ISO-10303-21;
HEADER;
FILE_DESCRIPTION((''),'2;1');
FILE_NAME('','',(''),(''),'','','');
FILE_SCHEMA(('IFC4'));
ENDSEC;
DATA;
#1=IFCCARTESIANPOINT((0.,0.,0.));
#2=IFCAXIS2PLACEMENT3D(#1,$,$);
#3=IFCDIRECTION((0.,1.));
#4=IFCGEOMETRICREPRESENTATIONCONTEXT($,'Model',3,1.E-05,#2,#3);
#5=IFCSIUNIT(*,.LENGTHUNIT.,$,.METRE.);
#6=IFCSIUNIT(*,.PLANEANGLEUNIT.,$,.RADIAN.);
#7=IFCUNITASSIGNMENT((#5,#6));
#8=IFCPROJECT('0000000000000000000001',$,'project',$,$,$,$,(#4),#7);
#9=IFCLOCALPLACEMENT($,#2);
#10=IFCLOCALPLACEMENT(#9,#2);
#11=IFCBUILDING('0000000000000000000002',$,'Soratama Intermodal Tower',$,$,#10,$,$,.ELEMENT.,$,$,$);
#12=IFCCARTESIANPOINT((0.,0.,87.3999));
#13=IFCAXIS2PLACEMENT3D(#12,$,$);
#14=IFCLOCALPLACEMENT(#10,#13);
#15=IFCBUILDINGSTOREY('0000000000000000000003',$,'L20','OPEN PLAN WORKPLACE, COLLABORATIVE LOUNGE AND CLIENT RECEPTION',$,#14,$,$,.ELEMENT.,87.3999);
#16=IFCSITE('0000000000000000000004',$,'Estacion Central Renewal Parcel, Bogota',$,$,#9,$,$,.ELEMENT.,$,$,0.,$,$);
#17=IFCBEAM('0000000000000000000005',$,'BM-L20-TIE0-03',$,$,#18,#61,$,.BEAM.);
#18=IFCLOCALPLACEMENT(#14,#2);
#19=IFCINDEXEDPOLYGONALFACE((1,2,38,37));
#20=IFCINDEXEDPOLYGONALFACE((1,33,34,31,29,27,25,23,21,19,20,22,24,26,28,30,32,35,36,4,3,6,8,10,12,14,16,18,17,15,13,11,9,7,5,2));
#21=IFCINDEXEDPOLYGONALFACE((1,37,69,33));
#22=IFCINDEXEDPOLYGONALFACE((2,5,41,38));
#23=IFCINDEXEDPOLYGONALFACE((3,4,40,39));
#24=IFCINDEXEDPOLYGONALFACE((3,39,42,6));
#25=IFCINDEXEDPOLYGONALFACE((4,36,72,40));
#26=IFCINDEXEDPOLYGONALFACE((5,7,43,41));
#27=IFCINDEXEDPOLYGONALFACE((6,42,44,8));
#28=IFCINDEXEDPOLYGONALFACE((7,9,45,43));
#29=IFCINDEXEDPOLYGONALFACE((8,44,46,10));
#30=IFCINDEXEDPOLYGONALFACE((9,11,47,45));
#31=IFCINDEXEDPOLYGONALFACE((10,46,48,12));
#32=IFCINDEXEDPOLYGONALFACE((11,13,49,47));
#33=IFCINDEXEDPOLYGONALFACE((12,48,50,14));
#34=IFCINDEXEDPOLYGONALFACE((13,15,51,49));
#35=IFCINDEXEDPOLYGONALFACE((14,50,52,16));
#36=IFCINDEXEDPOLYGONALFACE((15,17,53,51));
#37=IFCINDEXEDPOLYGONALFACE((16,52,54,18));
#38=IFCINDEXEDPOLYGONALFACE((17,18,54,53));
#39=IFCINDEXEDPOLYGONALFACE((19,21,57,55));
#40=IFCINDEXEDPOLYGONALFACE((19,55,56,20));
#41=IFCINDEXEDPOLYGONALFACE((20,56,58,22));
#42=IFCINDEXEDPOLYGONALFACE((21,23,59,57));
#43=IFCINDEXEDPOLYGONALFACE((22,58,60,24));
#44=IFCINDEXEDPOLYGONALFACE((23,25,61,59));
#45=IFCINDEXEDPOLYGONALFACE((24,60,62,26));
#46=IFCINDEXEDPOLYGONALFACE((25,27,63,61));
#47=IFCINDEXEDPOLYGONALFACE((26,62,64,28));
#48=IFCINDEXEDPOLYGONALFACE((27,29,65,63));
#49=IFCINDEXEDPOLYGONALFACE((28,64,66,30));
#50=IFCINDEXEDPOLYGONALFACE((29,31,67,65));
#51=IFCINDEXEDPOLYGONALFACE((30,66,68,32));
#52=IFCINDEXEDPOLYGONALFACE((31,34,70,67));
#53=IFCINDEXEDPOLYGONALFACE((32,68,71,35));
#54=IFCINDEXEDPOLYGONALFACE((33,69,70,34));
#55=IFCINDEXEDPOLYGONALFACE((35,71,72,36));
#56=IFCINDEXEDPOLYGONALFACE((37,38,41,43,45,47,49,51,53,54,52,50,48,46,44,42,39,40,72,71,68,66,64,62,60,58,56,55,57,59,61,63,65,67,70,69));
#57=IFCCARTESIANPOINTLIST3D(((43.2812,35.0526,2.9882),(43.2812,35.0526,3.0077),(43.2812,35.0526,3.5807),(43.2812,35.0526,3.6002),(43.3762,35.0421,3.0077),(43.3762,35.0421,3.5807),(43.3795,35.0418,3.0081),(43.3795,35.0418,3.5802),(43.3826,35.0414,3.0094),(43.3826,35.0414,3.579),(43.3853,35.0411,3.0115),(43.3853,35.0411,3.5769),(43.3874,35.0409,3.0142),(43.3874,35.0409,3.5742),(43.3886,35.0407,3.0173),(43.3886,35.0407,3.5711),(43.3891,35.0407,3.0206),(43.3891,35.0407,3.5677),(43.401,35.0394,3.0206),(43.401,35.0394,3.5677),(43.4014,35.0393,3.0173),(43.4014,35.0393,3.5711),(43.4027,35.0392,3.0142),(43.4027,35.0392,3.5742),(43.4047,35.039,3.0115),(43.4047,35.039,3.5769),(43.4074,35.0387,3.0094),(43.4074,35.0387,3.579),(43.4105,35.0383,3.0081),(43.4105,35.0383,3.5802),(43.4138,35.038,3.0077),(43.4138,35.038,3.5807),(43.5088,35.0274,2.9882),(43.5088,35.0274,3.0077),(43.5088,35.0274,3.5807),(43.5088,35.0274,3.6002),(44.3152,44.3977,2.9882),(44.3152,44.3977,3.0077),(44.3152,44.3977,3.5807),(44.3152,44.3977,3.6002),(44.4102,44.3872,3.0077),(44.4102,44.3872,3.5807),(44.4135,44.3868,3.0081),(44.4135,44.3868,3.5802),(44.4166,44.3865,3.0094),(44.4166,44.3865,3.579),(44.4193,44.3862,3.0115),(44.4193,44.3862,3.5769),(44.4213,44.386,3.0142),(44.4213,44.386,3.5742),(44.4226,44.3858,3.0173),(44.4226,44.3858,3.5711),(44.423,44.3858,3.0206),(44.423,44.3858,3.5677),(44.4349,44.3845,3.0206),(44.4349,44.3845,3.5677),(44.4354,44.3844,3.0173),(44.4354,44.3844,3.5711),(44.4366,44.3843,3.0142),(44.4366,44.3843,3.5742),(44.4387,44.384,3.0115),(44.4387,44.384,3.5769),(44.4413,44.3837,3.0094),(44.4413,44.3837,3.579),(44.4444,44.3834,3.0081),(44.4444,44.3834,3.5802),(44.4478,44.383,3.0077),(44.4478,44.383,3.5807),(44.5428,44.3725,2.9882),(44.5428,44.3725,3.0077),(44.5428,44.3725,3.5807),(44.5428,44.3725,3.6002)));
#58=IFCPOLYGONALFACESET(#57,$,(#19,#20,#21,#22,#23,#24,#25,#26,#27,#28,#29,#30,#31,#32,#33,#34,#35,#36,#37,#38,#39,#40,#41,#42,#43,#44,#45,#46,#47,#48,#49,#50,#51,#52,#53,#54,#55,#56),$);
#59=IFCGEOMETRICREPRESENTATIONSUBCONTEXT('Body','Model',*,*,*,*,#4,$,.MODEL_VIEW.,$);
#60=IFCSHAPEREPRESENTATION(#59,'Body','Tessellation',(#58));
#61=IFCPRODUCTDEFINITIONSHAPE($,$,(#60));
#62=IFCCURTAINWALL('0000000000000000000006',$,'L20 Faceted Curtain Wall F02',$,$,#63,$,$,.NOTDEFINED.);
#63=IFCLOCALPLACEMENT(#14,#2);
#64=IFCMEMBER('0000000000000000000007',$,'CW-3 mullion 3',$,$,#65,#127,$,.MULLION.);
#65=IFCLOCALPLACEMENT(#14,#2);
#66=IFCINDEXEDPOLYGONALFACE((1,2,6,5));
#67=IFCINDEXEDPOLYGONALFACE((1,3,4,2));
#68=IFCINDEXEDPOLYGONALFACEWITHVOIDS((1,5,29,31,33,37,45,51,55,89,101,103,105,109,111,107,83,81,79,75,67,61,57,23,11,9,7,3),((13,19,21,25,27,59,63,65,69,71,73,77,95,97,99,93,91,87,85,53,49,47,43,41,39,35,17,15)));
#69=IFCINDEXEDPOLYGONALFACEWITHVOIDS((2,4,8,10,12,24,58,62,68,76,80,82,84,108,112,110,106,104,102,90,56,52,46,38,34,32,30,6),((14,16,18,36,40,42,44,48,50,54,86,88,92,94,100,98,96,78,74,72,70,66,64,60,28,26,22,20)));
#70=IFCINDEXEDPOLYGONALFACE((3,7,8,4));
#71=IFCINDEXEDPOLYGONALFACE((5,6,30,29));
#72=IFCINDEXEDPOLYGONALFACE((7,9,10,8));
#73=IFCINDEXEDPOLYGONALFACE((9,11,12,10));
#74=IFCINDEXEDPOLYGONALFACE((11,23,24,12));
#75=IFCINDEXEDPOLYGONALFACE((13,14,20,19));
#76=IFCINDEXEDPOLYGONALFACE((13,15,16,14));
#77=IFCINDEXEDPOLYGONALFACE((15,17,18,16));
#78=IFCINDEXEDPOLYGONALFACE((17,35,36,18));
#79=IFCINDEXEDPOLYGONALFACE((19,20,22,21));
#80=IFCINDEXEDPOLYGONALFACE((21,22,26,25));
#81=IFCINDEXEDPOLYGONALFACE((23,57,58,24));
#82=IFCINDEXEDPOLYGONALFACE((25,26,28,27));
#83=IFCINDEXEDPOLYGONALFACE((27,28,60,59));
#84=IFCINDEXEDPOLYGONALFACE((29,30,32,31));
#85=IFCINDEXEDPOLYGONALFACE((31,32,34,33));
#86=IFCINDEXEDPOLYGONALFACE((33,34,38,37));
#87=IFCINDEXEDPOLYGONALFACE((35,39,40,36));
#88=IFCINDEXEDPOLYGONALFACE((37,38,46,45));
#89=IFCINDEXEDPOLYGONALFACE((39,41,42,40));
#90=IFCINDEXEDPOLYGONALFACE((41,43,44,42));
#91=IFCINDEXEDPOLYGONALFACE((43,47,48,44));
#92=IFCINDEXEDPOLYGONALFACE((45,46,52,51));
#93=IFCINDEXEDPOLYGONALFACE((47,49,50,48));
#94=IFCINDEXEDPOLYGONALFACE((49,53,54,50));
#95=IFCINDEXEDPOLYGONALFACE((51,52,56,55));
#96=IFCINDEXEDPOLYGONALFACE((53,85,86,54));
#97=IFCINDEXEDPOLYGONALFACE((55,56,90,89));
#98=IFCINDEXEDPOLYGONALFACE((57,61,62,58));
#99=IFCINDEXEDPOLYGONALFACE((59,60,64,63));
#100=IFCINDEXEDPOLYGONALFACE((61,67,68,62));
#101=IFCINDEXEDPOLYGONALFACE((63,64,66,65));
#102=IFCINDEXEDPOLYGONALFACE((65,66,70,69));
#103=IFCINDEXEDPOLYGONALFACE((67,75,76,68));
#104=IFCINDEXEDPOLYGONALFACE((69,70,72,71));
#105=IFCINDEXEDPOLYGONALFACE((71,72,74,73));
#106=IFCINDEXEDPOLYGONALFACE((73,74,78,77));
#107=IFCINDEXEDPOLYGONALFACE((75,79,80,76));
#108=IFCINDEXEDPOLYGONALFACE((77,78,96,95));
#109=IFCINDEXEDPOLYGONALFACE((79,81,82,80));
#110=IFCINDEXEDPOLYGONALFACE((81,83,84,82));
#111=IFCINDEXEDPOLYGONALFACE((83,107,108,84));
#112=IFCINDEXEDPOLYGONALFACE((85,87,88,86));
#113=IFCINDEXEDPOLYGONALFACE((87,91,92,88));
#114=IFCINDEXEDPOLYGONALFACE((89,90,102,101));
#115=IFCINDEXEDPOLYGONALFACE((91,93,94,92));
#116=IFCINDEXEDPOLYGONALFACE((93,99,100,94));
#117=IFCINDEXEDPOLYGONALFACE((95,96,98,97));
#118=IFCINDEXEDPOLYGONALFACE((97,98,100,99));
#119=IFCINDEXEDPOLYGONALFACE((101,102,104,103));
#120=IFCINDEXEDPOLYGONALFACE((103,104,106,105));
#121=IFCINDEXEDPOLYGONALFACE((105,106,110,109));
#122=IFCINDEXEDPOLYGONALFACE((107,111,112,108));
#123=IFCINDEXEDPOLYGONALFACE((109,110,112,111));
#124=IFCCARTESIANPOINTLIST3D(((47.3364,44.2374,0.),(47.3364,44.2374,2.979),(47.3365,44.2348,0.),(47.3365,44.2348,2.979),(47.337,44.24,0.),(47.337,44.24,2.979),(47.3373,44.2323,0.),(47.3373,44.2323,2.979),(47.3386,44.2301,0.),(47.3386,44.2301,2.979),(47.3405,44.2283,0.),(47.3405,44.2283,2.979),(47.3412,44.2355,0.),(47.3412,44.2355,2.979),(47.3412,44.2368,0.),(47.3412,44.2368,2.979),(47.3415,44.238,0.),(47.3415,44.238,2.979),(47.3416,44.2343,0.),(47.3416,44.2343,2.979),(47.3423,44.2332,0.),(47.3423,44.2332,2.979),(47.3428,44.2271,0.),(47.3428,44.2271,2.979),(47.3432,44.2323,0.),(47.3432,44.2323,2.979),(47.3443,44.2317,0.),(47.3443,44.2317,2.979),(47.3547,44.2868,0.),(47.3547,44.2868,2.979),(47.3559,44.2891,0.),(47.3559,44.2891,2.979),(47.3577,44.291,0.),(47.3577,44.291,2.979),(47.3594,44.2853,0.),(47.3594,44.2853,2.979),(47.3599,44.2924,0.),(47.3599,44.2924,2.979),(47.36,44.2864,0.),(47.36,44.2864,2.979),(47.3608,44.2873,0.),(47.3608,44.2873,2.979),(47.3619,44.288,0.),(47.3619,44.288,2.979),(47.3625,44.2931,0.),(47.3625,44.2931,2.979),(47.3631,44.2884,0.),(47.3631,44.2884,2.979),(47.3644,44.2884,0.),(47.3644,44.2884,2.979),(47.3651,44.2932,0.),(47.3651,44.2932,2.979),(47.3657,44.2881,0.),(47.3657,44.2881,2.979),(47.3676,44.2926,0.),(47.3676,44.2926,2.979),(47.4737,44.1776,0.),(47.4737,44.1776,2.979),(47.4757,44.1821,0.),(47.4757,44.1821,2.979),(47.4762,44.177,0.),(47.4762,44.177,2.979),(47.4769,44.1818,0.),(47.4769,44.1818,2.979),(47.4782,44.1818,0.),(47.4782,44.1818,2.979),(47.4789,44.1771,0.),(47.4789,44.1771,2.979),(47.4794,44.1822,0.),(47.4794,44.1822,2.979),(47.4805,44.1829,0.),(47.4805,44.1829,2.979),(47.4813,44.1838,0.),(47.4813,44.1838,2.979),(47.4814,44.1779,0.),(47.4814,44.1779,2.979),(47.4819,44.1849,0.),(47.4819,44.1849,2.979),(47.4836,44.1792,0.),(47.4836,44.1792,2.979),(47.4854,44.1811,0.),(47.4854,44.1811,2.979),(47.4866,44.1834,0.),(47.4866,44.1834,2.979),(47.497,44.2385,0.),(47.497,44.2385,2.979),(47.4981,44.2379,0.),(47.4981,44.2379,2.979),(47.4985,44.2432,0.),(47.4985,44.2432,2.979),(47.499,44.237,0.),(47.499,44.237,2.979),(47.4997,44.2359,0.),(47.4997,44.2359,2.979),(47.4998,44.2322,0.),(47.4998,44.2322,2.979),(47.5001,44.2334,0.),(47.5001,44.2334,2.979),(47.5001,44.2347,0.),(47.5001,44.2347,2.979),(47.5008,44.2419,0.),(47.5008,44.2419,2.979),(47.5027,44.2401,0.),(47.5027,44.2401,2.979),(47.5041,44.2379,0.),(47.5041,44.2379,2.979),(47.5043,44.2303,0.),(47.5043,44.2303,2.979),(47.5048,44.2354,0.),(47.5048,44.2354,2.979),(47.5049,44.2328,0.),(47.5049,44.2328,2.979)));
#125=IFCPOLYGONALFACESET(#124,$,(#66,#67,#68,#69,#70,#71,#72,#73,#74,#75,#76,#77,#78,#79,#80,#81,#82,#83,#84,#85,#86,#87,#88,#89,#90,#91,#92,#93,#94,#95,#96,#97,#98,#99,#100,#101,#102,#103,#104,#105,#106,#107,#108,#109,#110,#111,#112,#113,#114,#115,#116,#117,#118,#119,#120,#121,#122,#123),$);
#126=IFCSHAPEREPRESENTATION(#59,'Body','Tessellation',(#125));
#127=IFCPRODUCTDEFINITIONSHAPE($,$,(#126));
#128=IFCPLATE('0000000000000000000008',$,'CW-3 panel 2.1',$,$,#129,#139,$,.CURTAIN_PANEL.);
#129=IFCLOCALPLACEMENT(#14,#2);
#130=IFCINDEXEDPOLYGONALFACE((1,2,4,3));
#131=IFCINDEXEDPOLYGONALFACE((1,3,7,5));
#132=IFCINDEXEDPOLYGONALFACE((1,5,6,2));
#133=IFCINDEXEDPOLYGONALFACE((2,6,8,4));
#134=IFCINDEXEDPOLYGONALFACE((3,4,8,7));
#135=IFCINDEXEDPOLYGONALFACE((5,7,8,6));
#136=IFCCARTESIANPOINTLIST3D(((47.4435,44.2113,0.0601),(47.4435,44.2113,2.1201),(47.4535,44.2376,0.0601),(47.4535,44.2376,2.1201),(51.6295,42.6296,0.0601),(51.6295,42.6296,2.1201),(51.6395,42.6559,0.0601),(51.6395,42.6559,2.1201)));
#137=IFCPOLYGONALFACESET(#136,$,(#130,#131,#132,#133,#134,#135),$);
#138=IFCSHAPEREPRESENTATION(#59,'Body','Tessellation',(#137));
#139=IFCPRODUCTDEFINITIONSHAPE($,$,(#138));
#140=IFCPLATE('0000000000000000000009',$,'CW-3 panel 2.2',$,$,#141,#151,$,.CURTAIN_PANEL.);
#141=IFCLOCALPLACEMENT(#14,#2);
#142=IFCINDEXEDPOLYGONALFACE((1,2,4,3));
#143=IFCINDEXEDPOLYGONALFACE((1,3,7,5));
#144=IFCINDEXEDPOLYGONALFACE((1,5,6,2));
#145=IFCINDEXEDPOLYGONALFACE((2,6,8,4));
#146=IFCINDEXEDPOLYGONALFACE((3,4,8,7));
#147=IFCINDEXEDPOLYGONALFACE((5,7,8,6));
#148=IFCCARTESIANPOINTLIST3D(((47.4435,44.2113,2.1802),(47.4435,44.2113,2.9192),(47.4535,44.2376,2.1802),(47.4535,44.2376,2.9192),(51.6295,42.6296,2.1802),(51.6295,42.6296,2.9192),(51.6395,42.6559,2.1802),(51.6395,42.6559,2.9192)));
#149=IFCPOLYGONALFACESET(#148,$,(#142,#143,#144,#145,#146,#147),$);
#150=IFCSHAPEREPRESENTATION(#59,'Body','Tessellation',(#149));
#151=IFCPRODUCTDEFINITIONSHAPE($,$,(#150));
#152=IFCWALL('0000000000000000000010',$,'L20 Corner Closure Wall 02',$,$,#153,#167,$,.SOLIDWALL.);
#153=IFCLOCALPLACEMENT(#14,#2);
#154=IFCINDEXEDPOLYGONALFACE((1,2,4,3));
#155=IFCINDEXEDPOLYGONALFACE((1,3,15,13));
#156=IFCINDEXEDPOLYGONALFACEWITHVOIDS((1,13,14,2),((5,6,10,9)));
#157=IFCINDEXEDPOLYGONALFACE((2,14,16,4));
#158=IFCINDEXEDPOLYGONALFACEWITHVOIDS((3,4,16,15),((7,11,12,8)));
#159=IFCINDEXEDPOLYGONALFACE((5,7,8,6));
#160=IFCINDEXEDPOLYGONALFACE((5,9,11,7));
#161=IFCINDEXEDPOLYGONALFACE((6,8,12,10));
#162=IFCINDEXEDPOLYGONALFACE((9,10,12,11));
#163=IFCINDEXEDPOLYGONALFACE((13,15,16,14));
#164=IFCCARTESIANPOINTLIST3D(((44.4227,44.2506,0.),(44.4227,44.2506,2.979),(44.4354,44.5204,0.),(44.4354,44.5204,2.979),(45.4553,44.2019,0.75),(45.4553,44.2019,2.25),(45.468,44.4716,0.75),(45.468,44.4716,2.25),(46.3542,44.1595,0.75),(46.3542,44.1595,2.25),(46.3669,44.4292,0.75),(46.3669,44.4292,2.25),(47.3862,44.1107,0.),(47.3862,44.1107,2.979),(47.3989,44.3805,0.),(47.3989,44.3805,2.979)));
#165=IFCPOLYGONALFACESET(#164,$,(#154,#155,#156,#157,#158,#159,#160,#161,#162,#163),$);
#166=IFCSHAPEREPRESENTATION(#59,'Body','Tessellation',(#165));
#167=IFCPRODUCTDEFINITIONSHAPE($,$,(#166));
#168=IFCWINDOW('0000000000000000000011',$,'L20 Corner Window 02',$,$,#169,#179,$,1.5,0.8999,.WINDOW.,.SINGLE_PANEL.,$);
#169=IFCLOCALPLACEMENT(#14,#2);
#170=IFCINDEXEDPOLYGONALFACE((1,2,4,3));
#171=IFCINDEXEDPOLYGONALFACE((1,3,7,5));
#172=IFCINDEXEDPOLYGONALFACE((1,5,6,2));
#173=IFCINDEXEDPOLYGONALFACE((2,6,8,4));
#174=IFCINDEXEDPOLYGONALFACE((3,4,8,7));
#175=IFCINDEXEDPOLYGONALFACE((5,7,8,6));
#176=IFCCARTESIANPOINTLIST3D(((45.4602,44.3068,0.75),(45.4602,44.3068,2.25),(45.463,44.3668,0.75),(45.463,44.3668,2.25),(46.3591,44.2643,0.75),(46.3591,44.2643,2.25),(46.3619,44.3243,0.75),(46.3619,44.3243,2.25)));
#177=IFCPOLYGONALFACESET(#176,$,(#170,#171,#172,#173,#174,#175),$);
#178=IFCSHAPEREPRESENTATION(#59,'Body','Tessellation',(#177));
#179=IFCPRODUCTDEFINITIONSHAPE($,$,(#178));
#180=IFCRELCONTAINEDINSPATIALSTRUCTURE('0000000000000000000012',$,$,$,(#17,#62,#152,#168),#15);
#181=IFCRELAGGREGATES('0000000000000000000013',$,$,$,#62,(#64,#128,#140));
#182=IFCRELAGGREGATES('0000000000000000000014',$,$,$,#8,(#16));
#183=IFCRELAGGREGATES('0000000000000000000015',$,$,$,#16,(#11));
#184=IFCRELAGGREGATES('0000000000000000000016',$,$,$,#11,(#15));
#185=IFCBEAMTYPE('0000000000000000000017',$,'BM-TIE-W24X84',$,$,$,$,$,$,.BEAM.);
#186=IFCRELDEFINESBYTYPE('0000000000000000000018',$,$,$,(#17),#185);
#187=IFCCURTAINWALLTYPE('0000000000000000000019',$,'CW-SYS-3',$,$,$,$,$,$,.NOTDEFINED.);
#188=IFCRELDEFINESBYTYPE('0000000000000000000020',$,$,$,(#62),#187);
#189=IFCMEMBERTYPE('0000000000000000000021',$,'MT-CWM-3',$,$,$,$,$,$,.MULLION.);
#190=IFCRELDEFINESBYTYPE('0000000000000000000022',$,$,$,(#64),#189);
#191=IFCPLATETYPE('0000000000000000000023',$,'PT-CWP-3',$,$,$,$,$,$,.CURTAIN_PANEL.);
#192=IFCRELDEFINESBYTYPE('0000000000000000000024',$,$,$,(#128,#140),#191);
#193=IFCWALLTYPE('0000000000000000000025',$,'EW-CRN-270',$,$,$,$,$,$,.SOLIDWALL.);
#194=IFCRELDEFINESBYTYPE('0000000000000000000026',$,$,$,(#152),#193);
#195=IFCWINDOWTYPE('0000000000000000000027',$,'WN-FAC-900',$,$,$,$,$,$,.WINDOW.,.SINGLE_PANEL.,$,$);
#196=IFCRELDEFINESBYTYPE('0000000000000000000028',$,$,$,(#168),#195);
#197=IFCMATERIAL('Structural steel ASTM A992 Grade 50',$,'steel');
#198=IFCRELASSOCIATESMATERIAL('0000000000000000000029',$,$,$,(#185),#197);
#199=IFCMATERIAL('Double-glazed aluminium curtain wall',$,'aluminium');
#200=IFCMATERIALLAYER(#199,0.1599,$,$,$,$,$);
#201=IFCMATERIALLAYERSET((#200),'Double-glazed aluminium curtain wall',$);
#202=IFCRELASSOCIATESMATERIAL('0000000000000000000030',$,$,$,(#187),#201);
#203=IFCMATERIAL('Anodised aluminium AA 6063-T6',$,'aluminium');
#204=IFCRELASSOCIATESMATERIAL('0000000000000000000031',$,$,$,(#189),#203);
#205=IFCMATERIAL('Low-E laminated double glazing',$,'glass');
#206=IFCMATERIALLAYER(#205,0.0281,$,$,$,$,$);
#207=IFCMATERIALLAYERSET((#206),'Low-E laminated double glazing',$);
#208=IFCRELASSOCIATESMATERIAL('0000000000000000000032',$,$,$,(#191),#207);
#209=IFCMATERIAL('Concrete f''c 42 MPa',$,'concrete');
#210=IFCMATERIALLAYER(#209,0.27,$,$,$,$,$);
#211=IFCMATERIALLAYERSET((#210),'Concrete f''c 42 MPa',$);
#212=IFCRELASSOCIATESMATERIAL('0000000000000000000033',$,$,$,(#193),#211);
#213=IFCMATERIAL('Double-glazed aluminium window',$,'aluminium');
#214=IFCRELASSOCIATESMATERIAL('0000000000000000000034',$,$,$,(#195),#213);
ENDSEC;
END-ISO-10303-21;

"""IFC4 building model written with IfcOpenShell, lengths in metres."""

from ifc_helpers import new_model, si_unit, direction, frame, frame_2d, origin, origin_2d, place, context, subcontext, project, spatial, rectangle, hollow_rectangle, i_section, extrude, material, layer, layer_set, material_profile, profile_set, type_object, element, fill, aggregate, save


model = new_model("IFC4")

# Units and contexts
model_context = context("Model", 3, precision=1e-05, world=origin(), true_north=direction((0.0, 1.0)))
body_context = subcontext(model_context, "Body", "Model", "MODEL_VIEW")
ifc_project = project(units=[si_unit("LENGTHUNIT", "METRE"), si_unit("PLANEANGLEUNIT", "RADIAN")], contexts=[model_context])

# Site, building, storey
site_placement = place(None, origin())
site = spatial("IfcSite", under=ifc_project, at=site_placement, Name="Estacion Central Renewal Parcel, Bogota", CompositionType="ELEMENT", RefElevation=0.0)
building_placement = place(site_placement, origin())
building = spatial("IfcBuilding", under=site, at=building_placement, Name="Soratama Intermodal Tower", CompositionType="ELEMENT")
storey_placement = place(building_placement, frame((0.0, 0.0, 87.3999)))
storey = spatial("IfcBuildingStorey", under=building, at=storey_placement, Name="L20", Description="OPEN PLAN WORKPLACE, COLLABORATIVE LOUNGE AND CLIENT RECEPTION", CompositionType="ELEMENT", Elevation=87.3999)

# Beam
ifc_material_1 = material(Name="Structural steel ASTM A992 Grade 50", Category="steel")
ifc_material_profile_1 = material_profile(ifc_material_1, i_section(OverallWidth=0.229, OverallDepth=0.6121, WebThickness=0.012, FlangeThickness=0.0195, FilletRadius=0.0129, at=origin_2d()), Name="W24X84")
ifc_profile_set_1 = profile_set([ifc_material_profile_1], Name="Structural steel ASTM A992 Grade 50")
beam_type_1 = type_object("IfcBeamType", Name="BM-TIE-W24X84", PredefinedType="BEAM", material=ifc_profile_set_1)
beam_1_placement = place(storey_placement, frame((43.395, 35.04, 3.2942), z_axis=(0.10997, 0.993935, 0.0), x_axis=(-0.993935, 0.10997, 0.0)))
element("IfcBeam", 1, at=beam_1_placement, inside=storey, type_object=beam_type_1, Name="BM-L20-TIE0-03", PredefinedType="BEAM", context=body_context, shape_type="SweptSolid", body=[
    extrude(i_section(OverallWidth=0.229, OverallDepth=0.6121, WebThickness=0.012, FlangeThickness=0.0195, FilletRadius=0.0129, at=origin_2d()), origin(), (0.0, 0.0, 1.0), 9.4021),
])

# Curtain wall, member, plates
ifc_material_2 = material(Name="Double-glazed aluminium curtain wall", Category="aluminium")
ifc_layer_1 = layer(ifc_material_2, 0.1599)
ifc_layer_set_1 = layer_set([ifc_layer_1], Name="Double-glazed aluminium curtain wall")
curtain_wall_type = type_object("IfcCurtainWallType", Name="CW-SYS-3", PredefinedType="NOTDEFINED", material=ifc_layer_set_1)
curtain_wall_placement = place(storey_placement, origin())
curtain_wall = element("IfcCurtainWall", 2, at=curtain_wall_placement, inside=storey, type_object=curtain_wall_type, Name="L20 Faceted Curtain Wall F02", PredefinedType="NOTDEFINED")
ifc_material_3 = material(Name="Anodised aluminium AA 6063-T6", Category="aluminium")
ifc_material_profile_2 = material_profile(ifc_material_3, hollow_rectangle(XDim=0.0701, YDim=0.1599, WallThickness=0.0049, InnerFilletRadius=0.0049, OuterFilletRadius=0.01, at=origin_2d()), Name="CWM160X70X5")
ifc_profile_set_2 = profile_set([ifc_material_profile_2], Name="Anodised aluminium AA 6063-T6")
member_type = type_object("IfcMemberType", Name="MT-CWM-3", PredefinedType="MULLION", material=ifc_profile_set_2)
member_placement = place(storey_placement, frame((47.4207, 44.2351, 0.0), z_axis=(0.0, 0.0, 1.0), x_axis=(-0.353468, -0.935447, 0.0)))
member = element("IfcMember", 3, at=member_placement, type_object=member_type, Name="CW-3 mullion 3", PredefinedType="MULLION", context=body_context, shape_type="SweptSolid", body=[
    extrude(hollow_rectangle(XDim=0.0701, YDim=0.1599, WallThickness=0.0049, InnerFilletRadius=0.0049, OuterFilletRadius=0.01, at=origin_2d()), origin(), (0.0, 0.0, 1.0), 2.979),
])
ifc_material_4 = material(Name="Low-E laminated double glazing", Category="glass")
ifc_layer_2 = layer(ifc_material_4, 0.0281)
ifc_layer_set_2 = layer_set([ifc_layer_2], Name="Low-E laminated double glazing")
plate_type = type_object("IfcPlateType", Name="PT-CWP-3", PredefinedType="CURTAIN_PANEL", material=ifc_layer_set_2)
plate_1_placement = place(storey_placement, frame((49.5415, 43.4336, 0.0601), z_axis=(0.0, 0.0, 1.0), x_axis=(-0.935447, 0.353468, 0.0)))
plate_1 = element("IfcPlate", 4, at=plate_1_placement, type_object=plate_type, Name="CW-3 panel 2.1", PredefinedType="CURTAIN_PANEL", context=body_context, shape_type="SweptSolid", body=[
    extrude(rectangle(XDim=4.4749, YDim=0.0281, at=origin_2d()), origin(), (0.0, 0.0, 1.0), 2.0601),
])
plate_2_placement = place(storey_placement, frame((49.5415, 43.4336, 2.1802), z_axis=(0.0, 0.0, 1.0), x_axis=(-0.935447, 0.353468, 0.0)))
plate_2 = element("IfcPlate", 5, at=plate_2_placement, type_object=plate_type, Name="CW-3 panel 2.2", PredefinedType="CURTAIN_PANEL", context=body_context, shape_type="SweptSolid", body=[
    extrude(rectangle(XDim=4.4749, YDim=0.0281, at=origin_2d()), origin(), (0.0, 0.0, 1.0), 0.739),
])
aggregate(curtain_wall, [member, plate_1, plate_2])

# Wall, opening, window
ifc_material_5 = material(Name="Concrete f'c 42 MPa", Category="concrete")
ifc_layer_3 = layer(ifc_material_5, 0.27)
ifc_layer_set_3 = layer_set([ifc_layer_3], Name="Concrete f'c 42 MPa")
wall_type_1 = type_object("IfcWallType", Name="EW-CRN-270", PredefinedType="SOLIDWALL", material=ifc_layer_set_3)
wall_1_placement = place(storey_placement, frame((47.3926, 44.2456, 0.0), z_axis=(0.0, 0.0, 1.0), x_axis=(-0.998888, 0.047155, 0.0)))
wall_1 = element("IfcWall", 6, at=wall_1_placement, inside=storey, type_object=wall_type_1, Name="L20 Corner Closure Wall 02", PredefinedType="SOLIDWALL", context=body_context, shape_type="SweptSolid", body=[
    extrude(rectangle(XDim=2.9668, YDim=0.27, at=frame_2d((1.4834, 0.0))), origin(), (0.0, 0.0, 1.0), 2.979),
])
opening_1_placement = place(wall_1_placement, frame((1.0332, 0.0, 0.75)))
opening_1 = element("IfcOpeningElement", 7, at=opening_1_placement, cuts=wall_1, PredefinedType="OPENING", context=body_context, shape_type="SweptSolid", body=[
    extrude(rectangle(XDim=0.8999, YDim=1.5, at=frame_2d((0.45, 0.75))), frame((0.0, 0.145, 0.0), z_axis=(0.0, -1.0, 0.0), x_axis=(1.0, 0.0, 0.0)), (0.0, 0.0, 1.0), 0.29),
])
ifc_material_6 = material(Name="Double-glazed aluminium window", Category="aluminium")
window_type_1 = type_object("IfcWindowType", Name="WN-FAC-900", PartitioningType="SINGLE_PANEL", PredefinedType="WINDOW", material=ifc_material_6)
window_1_placement = place(opening_1_placement, origin())
window_1 = element("IfcWindow", 8, at=window_1_placement, inside=storey, type_object=window_type_1, Name="L20 Corner Window 02", OverallHeight=1.5, OverallWidth=0.8999, PartitioningType="SINGLE_PANEL", PredefinedType="WINDOW", context=body_context, shape_type="SweptSolid", body=[
    extrude(rectangle(XDim=0.8999, YDim=1.5, at=frame_2d((0.45, 0.75))), frame((0.0, 0.03, 0.0), z_axis=(0.0, -1.0, 0.0), x_axis=(1.0, 0.0, 0.0)), (0.0, 0.0, 1.0), 0.0601),
])
fill(opening_1, window_1)

save(model, "model.ifc")
